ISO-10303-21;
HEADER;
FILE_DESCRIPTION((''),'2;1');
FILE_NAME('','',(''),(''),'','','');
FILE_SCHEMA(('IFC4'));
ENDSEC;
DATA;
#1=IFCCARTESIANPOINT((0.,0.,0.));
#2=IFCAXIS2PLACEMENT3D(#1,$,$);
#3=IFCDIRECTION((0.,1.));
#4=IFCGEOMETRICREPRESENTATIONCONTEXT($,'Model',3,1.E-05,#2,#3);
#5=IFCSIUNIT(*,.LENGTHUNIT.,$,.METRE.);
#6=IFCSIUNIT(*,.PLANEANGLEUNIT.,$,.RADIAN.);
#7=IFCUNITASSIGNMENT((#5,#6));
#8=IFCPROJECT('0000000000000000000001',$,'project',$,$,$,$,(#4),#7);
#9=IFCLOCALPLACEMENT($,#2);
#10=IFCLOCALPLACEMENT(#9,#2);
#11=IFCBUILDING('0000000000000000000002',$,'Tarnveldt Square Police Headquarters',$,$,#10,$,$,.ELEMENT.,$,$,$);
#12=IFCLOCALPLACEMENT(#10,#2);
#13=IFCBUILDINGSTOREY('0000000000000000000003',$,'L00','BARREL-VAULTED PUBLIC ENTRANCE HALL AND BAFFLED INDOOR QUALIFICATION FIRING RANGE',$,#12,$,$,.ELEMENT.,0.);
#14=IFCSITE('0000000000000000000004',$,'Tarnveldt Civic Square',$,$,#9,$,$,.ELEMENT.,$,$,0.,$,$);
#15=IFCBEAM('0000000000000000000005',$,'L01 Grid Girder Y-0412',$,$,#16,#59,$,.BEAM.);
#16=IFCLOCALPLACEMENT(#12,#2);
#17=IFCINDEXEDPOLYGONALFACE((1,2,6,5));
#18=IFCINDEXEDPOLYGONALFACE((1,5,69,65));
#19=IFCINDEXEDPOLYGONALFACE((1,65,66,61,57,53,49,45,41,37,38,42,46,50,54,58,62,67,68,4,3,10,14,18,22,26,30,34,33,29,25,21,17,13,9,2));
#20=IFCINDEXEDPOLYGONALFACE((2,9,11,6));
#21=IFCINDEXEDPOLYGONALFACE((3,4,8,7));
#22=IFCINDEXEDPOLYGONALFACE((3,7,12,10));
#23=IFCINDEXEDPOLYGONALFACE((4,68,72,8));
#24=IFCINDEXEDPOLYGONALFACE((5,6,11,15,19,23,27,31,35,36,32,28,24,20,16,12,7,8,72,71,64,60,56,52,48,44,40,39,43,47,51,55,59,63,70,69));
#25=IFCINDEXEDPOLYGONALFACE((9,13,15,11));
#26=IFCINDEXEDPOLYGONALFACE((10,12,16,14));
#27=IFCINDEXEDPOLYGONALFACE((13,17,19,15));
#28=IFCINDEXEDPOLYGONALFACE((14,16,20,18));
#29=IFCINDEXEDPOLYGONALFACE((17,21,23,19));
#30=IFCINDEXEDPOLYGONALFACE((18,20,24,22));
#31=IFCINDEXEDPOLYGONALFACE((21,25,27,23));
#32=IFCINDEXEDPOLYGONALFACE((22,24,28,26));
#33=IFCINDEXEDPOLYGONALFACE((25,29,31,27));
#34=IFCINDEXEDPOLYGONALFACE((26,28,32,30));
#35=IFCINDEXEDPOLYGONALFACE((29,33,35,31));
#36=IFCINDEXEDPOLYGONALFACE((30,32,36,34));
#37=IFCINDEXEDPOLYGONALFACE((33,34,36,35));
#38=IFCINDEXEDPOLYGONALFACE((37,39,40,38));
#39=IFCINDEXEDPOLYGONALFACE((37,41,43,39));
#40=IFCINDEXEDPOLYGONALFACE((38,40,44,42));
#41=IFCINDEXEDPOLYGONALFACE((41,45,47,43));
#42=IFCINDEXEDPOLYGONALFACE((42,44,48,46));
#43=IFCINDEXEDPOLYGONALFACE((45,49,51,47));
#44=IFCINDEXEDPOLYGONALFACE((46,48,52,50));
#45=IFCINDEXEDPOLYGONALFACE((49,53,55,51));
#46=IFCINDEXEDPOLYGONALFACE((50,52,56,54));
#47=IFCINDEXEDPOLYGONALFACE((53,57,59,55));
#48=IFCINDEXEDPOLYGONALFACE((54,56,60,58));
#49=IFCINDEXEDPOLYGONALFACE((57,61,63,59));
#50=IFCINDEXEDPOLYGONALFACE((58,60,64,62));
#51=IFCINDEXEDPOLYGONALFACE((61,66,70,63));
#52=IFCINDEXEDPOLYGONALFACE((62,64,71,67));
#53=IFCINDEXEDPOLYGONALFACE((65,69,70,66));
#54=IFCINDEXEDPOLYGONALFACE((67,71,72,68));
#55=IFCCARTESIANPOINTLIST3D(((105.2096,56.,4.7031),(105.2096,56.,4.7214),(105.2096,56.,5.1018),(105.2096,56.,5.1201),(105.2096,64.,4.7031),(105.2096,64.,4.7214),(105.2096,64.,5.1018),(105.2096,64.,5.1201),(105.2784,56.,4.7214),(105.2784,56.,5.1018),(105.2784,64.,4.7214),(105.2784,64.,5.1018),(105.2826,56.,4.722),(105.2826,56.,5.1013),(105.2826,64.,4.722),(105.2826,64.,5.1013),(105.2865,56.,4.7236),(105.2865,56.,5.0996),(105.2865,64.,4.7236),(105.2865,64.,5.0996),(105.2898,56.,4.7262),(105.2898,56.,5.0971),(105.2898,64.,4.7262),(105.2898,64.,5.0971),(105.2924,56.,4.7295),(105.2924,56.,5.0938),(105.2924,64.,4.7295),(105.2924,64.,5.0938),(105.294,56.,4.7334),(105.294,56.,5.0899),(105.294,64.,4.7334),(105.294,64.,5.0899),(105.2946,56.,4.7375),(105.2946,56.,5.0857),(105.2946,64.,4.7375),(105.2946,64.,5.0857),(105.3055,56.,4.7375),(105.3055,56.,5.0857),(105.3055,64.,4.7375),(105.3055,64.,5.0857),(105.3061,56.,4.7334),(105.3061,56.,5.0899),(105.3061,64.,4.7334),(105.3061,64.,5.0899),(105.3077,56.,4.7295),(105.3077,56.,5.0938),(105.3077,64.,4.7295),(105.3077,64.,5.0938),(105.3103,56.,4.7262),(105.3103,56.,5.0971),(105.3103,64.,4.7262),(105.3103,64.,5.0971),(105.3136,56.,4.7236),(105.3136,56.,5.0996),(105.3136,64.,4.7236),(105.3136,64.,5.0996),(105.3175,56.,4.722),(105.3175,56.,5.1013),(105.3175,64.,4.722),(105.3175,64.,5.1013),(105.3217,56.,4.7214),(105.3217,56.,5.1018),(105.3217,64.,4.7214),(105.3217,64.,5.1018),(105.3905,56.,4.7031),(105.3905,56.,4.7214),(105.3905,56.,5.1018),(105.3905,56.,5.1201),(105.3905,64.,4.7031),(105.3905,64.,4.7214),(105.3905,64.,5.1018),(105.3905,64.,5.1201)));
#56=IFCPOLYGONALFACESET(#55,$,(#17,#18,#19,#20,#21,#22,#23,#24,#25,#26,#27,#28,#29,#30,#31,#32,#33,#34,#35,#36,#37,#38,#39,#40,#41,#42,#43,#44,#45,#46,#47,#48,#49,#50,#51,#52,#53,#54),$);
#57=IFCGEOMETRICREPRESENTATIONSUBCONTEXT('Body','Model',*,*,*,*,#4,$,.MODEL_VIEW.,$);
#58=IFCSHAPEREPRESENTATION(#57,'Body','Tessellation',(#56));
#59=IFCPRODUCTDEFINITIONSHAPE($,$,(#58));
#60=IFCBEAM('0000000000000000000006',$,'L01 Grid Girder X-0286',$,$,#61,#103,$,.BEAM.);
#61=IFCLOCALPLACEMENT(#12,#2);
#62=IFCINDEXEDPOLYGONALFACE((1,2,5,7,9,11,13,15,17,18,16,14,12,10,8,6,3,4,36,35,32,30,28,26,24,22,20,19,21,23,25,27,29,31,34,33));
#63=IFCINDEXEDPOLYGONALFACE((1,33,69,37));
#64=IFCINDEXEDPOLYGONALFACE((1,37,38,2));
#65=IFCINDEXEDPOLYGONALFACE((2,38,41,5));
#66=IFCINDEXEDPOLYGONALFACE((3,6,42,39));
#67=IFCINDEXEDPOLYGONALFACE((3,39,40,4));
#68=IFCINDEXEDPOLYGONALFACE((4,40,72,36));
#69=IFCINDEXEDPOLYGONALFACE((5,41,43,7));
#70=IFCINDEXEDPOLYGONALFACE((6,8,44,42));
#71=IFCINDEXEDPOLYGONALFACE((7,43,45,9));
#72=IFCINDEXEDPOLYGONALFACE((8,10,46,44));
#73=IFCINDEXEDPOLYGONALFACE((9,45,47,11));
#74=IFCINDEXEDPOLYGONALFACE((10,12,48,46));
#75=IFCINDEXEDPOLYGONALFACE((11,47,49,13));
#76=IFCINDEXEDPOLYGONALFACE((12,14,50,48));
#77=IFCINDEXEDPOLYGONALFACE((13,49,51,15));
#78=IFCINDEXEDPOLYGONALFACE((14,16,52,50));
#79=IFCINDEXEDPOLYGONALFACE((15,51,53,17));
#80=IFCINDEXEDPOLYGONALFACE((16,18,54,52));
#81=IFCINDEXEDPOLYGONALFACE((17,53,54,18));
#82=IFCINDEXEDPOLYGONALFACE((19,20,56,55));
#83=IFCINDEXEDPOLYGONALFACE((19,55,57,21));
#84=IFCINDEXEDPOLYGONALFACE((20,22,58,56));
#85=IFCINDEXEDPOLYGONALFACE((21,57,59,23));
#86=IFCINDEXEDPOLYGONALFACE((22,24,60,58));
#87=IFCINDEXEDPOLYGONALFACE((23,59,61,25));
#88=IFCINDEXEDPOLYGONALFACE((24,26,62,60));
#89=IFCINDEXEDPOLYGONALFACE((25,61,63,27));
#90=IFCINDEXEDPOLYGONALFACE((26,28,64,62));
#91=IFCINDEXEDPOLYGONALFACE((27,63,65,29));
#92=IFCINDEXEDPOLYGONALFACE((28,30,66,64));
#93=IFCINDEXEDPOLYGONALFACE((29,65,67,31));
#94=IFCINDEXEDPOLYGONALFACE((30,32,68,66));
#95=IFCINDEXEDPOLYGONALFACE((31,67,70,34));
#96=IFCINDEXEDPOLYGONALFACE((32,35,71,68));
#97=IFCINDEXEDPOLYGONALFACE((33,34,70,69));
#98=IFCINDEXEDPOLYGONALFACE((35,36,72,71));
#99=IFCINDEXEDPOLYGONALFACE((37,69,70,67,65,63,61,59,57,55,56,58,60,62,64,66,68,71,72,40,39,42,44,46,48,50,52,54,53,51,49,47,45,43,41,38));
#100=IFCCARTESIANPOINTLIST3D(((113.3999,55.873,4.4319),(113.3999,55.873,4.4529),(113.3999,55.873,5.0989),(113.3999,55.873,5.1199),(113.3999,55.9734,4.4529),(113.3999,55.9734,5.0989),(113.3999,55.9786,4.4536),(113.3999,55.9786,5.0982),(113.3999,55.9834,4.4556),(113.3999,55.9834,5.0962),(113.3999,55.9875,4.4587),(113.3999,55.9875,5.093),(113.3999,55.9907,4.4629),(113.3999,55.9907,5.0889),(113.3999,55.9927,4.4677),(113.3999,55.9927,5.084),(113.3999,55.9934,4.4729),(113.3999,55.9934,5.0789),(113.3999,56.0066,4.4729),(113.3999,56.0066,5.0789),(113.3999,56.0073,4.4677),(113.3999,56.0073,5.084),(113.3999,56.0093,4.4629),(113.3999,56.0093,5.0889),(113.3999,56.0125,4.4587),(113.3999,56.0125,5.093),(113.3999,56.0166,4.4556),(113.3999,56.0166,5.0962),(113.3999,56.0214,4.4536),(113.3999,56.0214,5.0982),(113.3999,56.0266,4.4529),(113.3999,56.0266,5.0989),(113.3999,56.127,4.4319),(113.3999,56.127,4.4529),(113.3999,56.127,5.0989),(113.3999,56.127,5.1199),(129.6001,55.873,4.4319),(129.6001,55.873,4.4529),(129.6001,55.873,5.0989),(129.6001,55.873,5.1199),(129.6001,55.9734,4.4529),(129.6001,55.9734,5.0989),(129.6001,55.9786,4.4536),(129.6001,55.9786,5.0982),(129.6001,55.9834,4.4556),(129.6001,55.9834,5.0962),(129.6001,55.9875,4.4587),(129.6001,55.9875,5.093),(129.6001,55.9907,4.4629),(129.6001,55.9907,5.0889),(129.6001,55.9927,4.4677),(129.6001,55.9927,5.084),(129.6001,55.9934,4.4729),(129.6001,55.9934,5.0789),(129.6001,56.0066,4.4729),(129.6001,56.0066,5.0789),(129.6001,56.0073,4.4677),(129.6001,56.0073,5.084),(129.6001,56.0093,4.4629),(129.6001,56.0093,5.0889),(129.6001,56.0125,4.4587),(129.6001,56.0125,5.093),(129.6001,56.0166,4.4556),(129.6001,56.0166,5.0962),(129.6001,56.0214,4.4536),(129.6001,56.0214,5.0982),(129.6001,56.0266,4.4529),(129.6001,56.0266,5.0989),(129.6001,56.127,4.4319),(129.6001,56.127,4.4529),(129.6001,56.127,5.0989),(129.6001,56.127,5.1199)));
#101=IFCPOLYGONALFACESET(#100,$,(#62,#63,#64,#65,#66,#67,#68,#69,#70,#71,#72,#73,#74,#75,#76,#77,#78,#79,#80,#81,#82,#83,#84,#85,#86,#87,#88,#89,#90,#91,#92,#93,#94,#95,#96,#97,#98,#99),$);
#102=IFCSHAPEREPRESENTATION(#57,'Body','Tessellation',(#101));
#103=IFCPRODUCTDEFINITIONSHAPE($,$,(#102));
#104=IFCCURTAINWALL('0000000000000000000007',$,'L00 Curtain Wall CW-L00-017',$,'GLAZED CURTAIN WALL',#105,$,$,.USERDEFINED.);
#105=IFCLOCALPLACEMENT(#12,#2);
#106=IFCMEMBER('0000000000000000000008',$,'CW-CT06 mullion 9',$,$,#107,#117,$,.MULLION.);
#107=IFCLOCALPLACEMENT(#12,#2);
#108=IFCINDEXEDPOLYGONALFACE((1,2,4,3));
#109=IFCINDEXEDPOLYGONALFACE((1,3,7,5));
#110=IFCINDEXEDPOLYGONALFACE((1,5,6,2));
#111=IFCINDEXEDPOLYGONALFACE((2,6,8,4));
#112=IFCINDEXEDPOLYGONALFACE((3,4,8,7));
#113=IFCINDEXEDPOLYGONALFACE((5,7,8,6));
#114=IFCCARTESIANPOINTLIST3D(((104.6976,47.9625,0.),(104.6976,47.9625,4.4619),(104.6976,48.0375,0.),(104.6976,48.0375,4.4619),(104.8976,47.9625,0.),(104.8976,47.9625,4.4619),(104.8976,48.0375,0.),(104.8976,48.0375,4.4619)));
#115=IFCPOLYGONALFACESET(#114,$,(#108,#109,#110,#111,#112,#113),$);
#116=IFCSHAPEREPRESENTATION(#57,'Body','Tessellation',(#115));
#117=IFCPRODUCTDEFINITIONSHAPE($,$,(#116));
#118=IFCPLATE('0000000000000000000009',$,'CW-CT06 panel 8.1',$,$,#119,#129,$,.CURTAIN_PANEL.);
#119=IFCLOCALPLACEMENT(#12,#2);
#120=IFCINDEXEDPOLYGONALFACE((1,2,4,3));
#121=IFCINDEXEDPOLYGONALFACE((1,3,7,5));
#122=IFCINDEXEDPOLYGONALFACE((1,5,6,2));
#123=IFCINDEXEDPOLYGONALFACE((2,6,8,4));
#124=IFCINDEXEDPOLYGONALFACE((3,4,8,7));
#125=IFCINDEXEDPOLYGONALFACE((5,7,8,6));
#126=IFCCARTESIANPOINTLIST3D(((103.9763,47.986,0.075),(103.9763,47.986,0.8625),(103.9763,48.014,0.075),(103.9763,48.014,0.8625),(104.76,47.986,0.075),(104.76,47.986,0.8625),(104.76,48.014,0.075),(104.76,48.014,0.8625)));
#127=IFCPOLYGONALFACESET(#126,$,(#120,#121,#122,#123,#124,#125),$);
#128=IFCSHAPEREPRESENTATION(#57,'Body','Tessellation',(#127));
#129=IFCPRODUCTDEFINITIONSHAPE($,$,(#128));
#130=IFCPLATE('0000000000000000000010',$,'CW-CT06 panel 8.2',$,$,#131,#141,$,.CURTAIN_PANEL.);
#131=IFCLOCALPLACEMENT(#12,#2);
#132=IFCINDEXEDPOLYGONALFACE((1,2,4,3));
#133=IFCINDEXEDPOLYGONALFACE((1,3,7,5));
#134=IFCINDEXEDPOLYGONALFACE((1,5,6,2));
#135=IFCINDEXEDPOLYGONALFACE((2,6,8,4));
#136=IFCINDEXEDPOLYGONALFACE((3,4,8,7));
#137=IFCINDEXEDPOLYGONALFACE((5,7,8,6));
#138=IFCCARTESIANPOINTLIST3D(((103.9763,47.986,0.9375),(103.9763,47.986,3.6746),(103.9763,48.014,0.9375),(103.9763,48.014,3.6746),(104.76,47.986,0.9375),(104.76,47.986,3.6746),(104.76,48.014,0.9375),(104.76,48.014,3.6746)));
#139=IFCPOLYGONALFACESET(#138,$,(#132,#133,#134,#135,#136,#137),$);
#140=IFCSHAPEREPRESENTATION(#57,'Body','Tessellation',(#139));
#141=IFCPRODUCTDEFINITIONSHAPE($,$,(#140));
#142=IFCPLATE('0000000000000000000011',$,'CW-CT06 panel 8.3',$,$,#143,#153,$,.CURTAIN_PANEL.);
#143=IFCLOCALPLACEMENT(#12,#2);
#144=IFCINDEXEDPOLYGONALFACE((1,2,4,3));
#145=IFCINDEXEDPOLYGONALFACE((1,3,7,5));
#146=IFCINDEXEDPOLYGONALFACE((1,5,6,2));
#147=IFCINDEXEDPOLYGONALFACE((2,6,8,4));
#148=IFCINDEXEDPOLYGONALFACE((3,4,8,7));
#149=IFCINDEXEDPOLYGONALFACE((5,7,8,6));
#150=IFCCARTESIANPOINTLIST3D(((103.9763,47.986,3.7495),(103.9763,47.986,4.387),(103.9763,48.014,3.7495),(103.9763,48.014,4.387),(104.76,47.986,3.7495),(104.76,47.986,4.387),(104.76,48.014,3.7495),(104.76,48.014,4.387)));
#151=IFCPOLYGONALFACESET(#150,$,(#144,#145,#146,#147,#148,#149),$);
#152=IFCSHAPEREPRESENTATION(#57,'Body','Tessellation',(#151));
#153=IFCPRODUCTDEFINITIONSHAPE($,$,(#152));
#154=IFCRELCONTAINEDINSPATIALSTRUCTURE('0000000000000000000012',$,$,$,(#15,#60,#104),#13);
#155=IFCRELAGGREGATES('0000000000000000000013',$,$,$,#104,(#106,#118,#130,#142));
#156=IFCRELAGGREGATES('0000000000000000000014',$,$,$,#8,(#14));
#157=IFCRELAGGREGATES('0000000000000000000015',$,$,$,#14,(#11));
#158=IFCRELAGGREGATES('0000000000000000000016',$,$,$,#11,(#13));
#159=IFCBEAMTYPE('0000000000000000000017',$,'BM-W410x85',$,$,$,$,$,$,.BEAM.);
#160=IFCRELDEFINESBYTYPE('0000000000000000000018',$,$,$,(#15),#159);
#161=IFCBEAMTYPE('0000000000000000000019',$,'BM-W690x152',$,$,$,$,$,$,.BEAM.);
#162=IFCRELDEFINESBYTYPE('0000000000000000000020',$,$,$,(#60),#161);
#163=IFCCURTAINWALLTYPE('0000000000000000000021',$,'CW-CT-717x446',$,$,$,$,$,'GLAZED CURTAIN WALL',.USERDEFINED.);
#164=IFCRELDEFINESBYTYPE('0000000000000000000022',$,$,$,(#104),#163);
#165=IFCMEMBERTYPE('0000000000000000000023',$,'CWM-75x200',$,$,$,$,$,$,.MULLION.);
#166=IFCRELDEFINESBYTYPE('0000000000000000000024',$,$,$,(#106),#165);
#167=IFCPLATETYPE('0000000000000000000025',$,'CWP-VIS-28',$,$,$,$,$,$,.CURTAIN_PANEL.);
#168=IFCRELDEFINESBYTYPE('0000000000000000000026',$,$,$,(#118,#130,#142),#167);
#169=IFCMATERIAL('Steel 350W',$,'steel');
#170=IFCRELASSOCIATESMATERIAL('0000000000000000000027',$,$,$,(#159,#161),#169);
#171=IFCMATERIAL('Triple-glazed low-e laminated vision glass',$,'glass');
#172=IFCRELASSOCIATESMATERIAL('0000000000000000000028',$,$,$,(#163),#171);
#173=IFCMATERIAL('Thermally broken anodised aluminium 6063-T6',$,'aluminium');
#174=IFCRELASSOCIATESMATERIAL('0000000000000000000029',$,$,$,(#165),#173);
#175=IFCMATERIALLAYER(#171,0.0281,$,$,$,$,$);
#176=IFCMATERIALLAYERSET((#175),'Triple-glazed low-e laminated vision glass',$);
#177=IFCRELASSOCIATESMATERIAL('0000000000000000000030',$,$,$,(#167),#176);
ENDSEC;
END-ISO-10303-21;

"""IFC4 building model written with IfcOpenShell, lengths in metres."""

from ifc_helpers import new_model, si_unit, direction, frame, origin, origin_2d, place, context, subcontext, project, spatial, rectangle, i_section, extrude, material, layer, layer_set, material_profile, profile_set, type_object, element, aggregate, save


model = new_model("IFC4")

# Units and contexts
model_context = context("Model", 3, precision=1e-05, world=origin(), true_north=direction((0.0, 1.0)))
body_context = subcontext(model_context, "Body", "Model", "MODEL_VIEW")
ifc_project = project(units=[si_unit("LENGTHUNIT", "METRE"), si_unit("PLANEANGLEUNIT", "RADIAN")], contexts=[model_context])

# Site, building, storey
site_placement = place(None, origin())
site = spatial("IfcSite", under=ifc_project, at=site_placement, Name="Tarnveldt Civic Square", CompositionType="ELEMENT", RefElevation=0.0)
building_placement = place(site_placement, origin())
building = spatial("IfcBuilding", under=site, at=building_placement, Name="Tarnveldt Square Police Headquarters", CompositionType="ELEMENT")
storey_placement = place(building_placement, origin())
storey = spatial("IfcBuildingStorey", under=building, at=storey_placement, Name="L00", Description="BARREL-VAULTED PUBLIC ENTRANCE HALL AND BAFFLED INDOOR QUALIFICATION FIRING RANGE", CompositionType="ELEMENT", Elevation=0.0)

# Beams
ifc_material_1 = material(Name="Steel 350W", Category="steel")
ifc_material_profile_1 = material_profile(ifc_material_1, i_section(OverallWidth=0.1809, OverallDepth=0.417, WebThickness=0.011, FlangeThickness=0.0183, FilletRadius=0.0161, at=origin_2d()), Name="W410x85")
ifc_profile_set_1 = profile_set([ifc_material_profile_1], Name="Steel 350W")
beam_type_1 = type_object("IfcBeamType", Name="BM-W410x85", PredefinedType="BEAM", material=ifc_profile_set_1)
beam_1_placement = place(storey_placement, frame((105.3, 56.0, 4.9116), z_axis=(0.0, 1.0, 0.0), x_axis=(-1.0, 0.0, 0.0)))
element("IfcBeam", 1, at=beam_1_placement, inside=storey, type_object=beam_type_1, Name="L01 Grid Girder Y-0412", PredefinedType="BEAM", context=body_context, shape_type="SweptSolid", body=[
    extrude(i_section(OverallWidth=0.1809, OverallDepth=0.417, WebThickness=0.011, FlangeThickness=0.0183, FilletRadius=0.0161, at=origin_2d()), origin(), (0.0, 0.0, 1.0), 8.0),
])
ifc_material_profile_2 = material_profile(ifc_material_1, i_section(OverallWidth=0.2539, OverallDepth=0.688, WebThickness=0.0132, FlangeThickness=0.021, FilletRadius=0.02, at=origin_2d()), Name="W690x152")
ifc_profile_set_2 = profile_set([ifc_material_profile_2], Name="Steel 350W")
beam_type_2 = type_object("IfcBeamType", Name="BM-W690x152", PredefinedType="BEAM", material=ifc_profile_set_2)
beam_2_placement = place(storey_placement, frame((113.3999, 56.0, 4.7759), z_axis=(1.0, 0.0, 0.0), x_axis=(0.0, 1.0, 0.0)))
element("IfcBeam", 2, at=beam_2_placement, inside=storey, type_object=beam_type_2, Name="L01 Grid Girder X-0286", PredefinedType="BEAM", context=body_context, shape_type="SweptSolid", body=[
    extrude(i_section(OverallWidth=0.2539, OverallDepth=0.688, WebThickness=0.0132, FlangeThickness=0.021, FilletRadius=0.02, at=origin_2d()), origin(), (0.0, 0.0, 1.0), 16.2002),
])

# Curtain wall, member, plates
ifc_material_2 = material(Name="Triple-glazed low-e laminated vision glass", Category="glass")
curtain_wall_type = type_object("IfcCurtainWallType", Name="CW-CT-717x446", ElementType="GLAZED CURTAIN WALL", PredefinedType="USERDEFINED", material=ifc_material_2)
curtain_wall_placement = place(storey_placement, origin())
curtain_wall = element("IfcCurtainWall", 3, at=curtain_wall_placement, inside=storey, type_object=curtain_wall_type, Name="L00 Curtain Wall CW-L00-017", ObjectType="GLAZED CURTAIN WALL", PredefinedType="USERDEFINED")
ifc_material_3 = material(Name="Thermally broken anodised aluminium 6063-T6", Category="aluminium")
ifc_material_profile_3 = material_profile(ifc_material_3, rectangle(XDim=0.075, YDim=0.2, at=origin_2d()), Name="CW-M75x200")
ifc_profile_set_3 = profile_set([ifc_material_profile_3], Name="Thermally broken anodised aluminium 6063-T6")
member_type = type_object("IfcMemberType", Name="CWM-75x200", PredefinedType="MULLION", material=ifc_profile_set_3)
member_placement = place(storey_placement, frame((104.7976, 48.0, 0.0), z_axis=(0.0, 0.0, 1.0), x_axis=(0.0, 1.0, 0.0)))
member = element("IfcMember", 4, at=member_placement, type_object=member_type, Name="CW-CT06 mullion 9", PredefinedType="MULLION", context=body_context, shape_type="SweptSolid", body=[
    extrude(rectangle(XDim=0.075, YDim=0.2, at=origin_2d()), origin(), (0.0, 0.0, 1.0), 4.4619),
])
ifc_layer_1 = layer(ifc_material_2, 0.0281)
ifc_layer_set_1 = layer_set([ifc_layer_1], Name="Triple-glazed low-e laminated vision glass")
plate_type = type_object("IfcPlateType", Name="CWP-VIS-28", PredefinedType="CURTAIN_PANEL", material=ifc_layer_set_1)
plate_1_placement = place(storey_placement, frame((104.3682, 48.0, 0.075), z_axis=(0.0, 0.0, 1.0), x_axis=(1.0, 0.0, 0.0)))
plate_1 = element("IfcPlate", 5, at=plate_1_placement, type_object=plate_type, Name="CW-CT06 panel 8.1", PredefinedType="CURTAIN_PANEL", context=body_context, shape_type="SweptSolid", body=[
    extrude(rectangle(XDim=0.7837, YDim=0.0281, at=origin_2d()), origin(), (0.0, 0.0, 1.0), 0.7876),
])
plate_2_placement = place(storey_placement, frame((104.3682, 48.0, 0.9375), z_axis=(0.0, 0.0, 1.0), x_axis=(1.0, 0.0, 0.0)))
plate_2 = element("IfcPlate", 6, at=plate_2_placement, type_object=plate_type, Name="CW-CT06 panel 8.2", PredefinedType="CURTAIN_PANEL", context=body_context, shape_type="SweptSolid", body=[
    extrude(rectangle(XDim=0.7837, YDim=0.0281, at=origin_2d()), origin(), (0.0, 0.0, 1.0), 2.7371),
])
plate_3_placement = place(storey_placement, frame((104.3682, 48.0, 3.7495), z_axis=(0.0, 0.0, 1.0), x_axis=(1.0, 0.0, 0.0)))
plate_3 = element("IfcPlate", 7, at=plate_3_placement, type_object=plate_type, Name="CW-CT06 panel 8.3", PredefinedType="CURTAIN_PANEL", context=body_context, shape_type="SweptSolid", body=[
    extrude(rectangle(XDim=0.7837, YDim=0.0281, at=origin_2d()), origin(), (0.0, 0.0, 1.0), 0.6375),
])
aggregate(curtain_wall, [member, plate_1, plate_2, plate_3])

save(model, "model.ifc")
